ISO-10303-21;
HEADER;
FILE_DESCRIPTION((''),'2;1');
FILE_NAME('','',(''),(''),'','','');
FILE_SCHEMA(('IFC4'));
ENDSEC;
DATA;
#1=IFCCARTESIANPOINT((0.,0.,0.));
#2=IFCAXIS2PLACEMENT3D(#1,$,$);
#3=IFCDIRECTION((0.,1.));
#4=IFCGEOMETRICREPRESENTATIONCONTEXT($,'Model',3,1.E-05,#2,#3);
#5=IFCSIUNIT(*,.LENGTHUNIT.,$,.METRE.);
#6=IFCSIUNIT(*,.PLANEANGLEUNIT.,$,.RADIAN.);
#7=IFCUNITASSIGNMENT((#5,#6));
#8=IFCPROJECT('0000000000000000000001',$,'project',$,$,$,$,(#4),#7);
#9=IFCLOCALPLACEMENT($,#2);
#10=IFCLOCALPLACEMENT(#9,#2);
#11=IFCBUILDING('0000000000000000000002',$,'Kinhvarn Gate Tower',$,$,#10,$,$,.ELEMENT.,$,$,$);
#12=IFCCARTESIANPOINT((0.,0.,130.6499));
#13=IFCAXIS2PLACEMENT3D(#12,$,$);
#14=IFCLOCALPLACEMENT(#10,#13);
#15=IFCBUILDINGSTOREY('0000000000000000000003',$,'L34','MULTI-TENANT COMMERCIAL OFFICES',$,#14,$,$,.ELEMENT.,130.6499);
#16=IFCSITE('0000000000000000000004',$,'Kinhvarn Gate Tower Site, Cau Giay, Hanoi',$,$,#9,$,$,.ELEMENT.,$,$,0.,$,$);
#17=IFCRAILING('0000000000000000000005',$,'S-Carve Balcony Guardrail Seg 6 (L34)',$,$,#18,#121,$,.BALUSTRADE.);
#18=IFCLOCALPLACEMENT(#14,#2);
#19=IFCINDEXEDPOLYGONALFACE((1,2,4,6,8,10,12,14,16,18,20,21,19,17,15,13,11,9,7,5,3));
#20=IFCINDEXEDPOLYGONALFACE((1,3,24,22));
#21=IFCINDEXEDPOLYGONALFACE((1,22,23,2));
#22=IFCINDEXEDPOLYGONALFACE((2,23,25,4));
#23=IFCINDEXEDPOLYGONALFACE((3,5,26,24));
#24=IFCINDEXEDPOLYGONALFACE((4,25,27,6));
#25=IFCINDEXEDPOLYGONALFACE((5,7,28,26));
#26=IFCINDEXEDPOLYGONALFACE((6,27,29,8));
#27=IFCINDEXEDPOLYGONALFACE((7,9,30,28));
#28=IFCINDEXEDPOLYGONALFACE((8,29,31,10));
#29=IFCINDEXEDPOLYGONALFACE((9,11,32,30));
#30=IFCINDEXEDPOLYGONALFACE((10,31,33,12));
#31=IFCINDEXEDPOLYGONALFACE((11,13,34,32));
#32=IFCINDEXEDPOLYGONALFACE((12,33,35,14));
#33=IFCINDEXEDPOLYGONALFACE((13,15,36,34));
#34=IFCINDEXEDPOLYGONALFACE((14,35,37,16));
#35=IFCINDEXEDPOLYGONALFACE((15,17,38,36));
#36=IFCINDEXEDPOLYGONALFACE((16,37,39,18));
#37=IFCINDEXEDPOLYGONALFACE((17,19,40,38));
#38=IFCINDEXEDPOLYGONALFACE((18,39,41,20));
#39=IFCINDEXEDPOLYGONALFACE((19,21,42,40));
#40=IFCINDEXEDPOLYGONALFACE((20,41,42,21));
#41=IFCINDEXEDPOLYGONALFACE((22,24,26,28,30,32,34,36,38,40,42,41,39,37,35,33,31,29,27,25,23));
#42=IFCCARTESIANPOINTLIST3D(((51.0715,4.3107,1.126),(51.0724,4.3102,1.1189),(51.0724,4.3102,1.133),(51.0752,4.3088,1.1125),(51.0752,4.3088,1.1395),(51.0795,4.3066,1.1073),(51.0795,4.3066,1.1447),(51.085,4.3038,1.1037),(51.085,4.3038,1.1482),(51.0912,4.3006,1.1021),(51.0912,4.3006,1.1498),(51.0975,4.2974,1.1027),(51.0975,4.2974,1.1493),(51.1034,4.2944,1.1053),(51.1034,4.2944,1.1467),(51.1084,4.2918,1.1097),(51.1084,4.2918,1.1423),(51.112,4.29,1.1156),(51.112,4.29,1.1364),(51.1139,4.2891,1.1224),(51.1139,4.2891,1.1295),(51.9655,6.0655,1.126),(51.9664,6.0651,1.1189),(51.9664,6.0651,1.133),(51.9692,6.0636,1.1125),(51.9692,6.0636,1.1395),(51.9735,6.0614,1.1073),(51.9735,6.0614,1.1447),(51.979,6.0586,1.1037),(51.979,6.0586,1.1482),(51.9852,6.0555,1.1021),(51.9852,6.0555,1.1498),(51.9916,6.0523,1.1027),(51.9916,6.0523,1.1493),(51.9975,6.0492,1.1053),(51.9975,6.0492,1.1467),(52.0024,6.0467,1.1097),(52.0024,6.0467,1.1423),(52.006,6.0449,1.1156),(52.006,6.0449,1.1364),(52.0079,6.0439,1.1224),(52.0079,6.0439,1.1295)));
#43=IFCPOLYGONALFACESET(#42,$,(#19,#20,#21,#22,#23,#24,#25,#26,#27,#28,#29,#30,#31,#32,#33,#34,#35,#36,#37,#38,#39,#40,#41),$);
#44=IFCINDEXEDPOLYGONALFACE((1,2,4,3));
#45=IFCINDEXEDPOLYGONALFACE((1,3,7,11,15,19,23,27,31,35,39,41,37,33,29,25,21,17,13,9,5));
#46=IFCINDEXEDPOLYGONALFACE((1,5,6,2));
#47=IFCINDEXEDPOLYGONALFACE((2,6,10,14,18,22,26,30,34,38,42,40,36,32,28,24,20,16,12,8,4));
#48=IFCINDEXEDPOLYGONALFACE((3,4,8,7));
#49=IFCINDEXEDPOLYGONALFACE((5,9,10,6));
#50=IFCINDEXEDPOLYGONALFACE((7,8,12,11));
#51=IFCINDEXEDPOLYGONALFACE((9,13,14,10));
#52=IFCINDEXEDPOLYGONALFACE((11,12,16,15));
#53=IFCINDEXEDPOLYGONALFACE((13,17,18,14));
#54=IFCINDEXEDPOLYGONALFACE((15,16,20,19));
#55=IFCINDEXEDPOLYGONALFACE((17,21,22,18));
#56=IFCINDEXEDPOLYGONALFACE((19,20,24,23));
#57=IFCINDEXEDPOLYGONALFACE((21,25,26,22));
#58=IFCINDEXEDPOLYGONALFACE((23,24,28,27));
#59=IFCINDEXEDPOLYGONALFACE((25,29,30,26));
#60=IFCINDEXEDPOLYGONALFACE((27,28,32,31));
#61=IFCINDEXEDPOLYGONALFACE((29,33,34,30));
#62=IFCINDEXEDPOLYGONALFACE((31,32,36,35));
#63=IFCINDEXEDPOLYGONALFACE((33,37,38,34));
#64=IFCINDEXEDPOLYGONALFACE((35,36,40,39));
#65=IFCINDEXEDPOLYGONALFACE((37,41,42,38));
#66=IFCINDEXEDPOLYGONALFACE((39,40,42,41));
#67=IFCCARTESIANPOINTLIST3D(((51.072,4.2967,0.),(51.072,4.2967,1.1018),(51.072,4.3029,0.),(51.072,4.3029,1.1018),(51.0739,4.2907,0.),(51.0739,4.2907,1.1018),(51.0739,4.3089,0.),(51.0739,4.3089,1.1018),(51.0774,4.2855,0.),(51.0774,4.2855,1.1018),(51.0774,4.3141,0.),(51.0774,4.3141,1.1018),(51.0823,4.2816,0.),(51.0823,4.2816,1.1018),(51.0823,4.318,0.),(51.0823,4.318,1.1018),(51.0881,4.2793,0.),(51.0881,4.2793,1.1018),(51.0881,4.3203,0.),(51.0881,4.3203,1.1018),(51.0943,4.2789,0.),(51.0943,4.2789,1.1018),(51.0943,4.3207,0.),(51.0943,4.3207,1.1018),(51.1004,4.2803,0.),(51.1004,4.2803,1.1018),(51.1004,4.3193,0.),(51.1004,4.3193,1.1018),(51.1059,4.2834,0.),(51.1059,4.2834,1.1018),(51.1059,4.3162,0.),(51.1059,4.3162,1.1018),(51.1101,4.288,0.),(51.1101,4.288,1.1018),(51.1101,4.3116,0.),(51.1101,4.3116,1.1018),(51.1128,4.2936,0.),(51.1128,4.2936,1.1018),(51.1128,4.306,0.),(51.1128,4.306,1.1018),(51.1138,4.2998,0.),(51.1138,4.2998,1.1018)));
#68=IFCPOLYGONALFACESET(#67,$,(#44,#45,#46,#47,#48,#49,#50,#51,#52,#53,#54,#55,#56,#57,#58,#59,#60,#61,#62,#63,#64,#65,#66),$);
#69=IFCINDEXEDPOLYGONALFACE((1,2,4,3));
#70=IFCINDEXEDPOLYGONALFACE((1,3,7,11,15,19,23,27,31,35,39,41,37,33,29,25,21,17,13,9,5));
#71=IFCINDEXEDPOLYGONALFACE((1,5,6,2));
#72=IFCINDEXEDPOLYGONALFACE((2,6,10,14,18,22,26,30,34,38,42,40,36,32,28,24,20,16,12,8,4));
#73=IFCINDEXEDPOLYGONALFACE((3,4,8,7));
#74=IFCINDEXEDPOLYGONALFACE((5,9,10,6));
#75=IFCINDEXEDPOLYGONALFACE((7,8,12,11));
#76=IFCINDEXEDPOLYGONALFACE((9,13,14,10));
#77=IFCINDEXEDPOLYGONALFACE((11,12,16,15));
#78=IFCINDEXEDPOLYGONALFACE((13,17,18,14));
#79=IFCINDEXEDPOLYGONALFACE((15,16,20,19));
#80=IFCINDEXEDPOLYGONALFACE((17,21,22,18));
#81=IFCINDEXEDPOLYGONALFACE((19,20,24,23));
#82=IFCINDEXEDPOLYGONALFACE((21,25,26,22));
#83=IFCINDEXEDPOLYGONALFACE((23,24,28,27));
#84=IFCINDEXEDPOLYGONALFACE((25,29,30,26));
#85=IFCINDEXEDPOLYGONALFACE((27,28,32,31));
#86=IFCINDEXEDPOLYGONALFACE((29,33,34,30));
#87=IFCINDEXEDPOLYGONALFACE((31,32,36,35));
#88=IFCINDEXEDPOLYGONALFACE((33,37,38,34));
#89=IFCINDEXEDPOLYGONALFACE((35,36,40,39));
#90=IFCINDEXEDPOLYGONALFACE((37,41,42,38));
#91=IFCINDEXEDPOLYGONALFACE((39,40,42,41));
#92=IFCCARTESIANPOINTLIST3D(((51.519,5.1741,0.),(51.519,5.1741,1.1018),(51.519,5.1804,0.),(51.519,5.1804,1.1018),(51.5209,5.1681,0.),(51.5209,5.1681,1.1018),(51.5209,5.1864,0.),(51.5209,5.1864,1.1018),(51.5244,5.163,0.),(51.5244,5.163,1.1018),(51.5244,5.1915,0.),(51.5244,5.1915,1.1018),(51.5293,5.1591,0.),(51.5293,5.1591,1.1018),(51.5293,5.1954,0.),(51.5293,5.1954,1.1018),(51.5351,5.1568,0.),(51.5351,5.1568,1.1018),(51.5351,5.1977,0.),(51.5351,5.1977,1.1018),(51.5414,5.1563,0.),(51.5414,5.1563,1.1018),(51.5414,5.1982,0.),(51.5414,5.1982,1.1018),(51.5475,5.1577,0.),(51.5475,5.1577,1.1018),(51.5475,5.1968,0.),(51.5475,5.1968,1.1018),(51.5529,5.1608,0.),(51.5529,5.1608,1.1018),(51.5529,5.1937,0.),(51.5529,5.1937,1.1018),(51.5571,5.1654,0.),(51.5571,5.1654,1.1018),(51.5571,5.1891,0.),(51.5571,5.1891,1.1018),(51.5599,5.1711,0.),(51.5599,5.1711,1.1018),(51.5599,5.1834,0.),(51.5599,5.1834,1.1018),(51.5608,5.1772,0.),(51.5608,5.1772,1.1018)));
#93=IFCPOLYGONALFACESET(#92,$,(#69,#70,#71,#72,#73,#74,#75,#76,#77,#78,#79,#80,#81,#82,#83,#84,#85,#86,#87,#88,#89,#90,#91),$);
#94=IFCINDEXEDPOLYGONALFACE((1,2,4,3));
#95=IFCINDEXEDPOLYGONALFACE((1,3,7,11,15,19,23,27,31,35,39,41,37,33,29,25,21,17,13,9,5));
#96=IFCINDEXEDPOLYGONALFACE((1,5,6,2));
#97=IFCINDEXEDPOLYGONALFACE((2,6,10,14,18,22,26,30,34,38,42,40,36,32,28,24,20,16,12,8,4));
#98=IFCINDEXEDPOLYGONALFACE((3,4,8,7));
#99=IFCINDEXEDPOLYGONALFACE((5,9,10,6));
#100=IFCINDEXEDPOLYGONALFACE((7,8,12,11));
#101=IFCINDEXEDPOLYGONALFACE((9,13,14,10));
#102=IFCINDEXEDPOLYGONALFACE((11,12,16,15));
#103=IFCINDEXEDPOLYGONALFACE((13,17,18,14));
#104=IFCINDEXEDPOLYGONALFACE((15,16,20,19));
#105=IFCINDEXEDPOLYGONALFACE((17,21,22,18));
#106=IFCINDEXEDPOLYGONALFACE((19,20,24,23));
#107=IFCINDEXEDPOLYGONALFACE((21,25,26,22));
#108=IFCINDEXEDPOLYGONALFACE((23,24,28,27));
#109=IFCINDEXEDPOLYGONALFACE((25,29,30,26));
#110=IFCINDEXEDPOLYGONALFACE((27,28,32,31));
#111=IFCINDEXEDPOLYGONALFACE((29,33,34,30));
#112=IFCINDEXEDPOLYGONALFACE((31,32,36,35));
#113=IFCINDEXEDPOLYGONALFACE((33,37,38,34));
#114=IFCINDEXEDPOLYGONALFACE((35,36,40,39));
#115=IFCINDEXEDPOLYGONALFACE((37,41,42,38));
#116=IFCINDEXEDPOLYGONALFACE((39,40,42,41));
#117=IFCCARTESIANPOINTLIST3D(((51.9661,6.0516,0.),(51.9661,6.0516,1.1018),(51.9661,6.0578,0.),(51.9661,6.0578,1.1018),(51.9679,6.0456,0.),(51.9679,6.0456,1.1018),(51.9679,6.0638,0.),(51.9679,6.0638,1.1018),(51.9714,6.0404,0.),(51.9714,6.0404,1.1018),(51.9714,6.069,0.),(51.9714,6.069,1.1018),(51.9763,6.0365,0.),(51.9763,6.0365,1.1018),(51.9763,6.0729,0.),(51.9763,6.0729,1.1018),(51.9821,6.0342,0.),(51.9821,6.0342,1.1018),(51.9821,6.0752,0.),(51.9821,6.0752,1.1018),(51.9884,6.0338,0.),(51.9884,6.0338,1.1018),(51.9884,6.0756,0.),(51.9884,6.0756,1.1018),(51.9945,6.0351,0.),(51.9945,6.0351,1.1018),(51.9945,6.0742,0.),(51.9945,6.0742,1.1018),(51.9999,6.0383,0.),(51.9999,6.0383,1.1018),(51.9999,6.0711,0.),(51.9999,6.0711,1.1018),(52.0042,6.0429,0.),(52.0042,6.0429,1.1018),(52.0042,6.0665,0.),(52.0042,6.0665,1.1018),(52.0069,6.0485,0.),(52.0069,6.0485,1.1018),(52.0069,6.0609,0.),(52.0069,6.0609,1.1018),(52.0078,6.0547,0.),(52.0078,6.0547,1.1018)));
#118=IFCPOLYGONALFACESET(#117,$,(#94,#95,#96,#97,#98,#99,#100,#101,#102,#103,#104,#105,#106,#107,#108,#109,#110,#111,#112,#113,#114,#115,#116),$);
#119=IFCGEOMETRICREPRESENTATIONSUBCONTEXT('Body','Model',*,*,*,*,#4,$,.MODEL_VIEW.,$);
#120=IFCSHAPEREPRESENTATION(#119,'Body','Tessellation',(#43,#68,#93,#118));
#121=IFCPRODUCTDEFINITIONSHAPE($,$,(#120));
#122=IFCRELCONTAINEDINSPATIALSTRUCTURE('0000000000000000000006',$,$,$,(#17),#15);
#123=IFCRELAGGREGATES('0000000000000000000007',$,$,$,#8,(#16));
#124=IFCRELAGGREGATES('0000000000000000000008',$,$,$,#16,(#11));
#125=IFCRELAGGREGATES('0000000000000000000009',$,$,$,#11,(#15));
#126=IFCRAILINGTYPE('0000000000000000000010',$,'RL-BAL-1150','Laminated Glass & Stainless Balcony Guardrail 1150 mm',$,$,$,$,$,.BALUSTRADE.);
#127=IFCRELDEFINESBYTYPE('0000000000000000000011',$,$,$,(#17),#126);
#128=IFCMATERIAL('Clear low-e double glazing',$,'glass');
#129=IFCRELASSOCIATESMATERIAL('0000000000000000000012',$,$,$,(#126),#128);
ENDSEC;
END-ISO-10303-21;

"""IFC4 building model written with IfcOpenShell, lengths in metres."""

from ifc_helpers import new_model, si_unit, direction, frame, origin, origin_2d, place, context, subcontext, project, spatial, circle, extrude, material, type_object, element, save


model = new_model("IFC4")

# Units and contexts
model_context = context("Model", 3, precision=1e-05, world=origin(), true_north=direction((0.0, 1.0)))
body_context = subcontext(model_context, "Body", "Model", "MODEL_VIEW")
ifc_project = project(units=[si_unit("LENGTHUNIT", "METRE"), si_unit("PLANEANGLEUNIT", "RADIAN")], contexts=[model_context])

# Site, building, storey
site_placement = place(None, origin())
site = spatial("IfcSite", under=ifc_project, at=site_placement, Name="Kinhvarn Gate Tower Site, Cau Giay, Hanoi", CompositionType="ELEMENT", RefElevation=0.0)
building_placement = place(site_placement, origin())
building = spatial("IfcBuilding", under=site, at=building_placement, Name="Kinhvarn Gate Tower", CompositionType="ELEMENT")
storey_placement = place(building_placement, frame((0.0, 0.0, 130.6499)))
storey = spatial("IfcBuildingStorey", under=building, at=storey_placement, Name="L34", Description="MULTI-TENANT COMMERCIAL OFFICES", CompositionType="ELEMENT", Elevation=130.6499)

# Shared definitions
ifc_material_1 = material(Name="Clear low-e double glazing", Category="glass")

# Railing
railing_type = type_object("IfcRailingType", Name="RL-BAL-1150", Description="Laminated Glass & Stainless Balcony Guardrail 1150 mm", PredefinedType="BALUSTRADE", material=ifc_material_1)
railing_1_placement = place(storey_placement, frame((51.0928, 4.2998, 0.0)))
element("IfcRailing", 1, at=railing_1_placement, inside=storey, type_object=railing_type, Name="S-Carve Balcony Guardrail Seg 6 (L34)", PredefinedType="BALUSTRADE", context=body_context, shape_type="SweptSolid", body=[
    extrude(circle(Radius=0.0239, at=origin_2d()), frame((0.0, 0.0, 1.126), z_axis=(0.453944, 0.89103, 0.0), x_axis=(-0.89103, 0.453944, 0.0)), (0.0, 0.0, 1.0), 1.9695),
    extrude(circle(Radius=0.021, at=origin_2d()), origin(), (0.0, 0.0, 1.0), 1.1018),
    extrude(circle(Radius=0.021, at=origin_2d()), frame((0.447, 0.8774, 0.0)), (0.0, 0.0, 1.0), 1.1018),
    extrude(circle(Radius=0.021, at=origin_2d()), frame((0.894, 1.7549, 0.0)), (0.0, 0.0, 1.0), 1.1018),
])

save(model, "model.ifc")
